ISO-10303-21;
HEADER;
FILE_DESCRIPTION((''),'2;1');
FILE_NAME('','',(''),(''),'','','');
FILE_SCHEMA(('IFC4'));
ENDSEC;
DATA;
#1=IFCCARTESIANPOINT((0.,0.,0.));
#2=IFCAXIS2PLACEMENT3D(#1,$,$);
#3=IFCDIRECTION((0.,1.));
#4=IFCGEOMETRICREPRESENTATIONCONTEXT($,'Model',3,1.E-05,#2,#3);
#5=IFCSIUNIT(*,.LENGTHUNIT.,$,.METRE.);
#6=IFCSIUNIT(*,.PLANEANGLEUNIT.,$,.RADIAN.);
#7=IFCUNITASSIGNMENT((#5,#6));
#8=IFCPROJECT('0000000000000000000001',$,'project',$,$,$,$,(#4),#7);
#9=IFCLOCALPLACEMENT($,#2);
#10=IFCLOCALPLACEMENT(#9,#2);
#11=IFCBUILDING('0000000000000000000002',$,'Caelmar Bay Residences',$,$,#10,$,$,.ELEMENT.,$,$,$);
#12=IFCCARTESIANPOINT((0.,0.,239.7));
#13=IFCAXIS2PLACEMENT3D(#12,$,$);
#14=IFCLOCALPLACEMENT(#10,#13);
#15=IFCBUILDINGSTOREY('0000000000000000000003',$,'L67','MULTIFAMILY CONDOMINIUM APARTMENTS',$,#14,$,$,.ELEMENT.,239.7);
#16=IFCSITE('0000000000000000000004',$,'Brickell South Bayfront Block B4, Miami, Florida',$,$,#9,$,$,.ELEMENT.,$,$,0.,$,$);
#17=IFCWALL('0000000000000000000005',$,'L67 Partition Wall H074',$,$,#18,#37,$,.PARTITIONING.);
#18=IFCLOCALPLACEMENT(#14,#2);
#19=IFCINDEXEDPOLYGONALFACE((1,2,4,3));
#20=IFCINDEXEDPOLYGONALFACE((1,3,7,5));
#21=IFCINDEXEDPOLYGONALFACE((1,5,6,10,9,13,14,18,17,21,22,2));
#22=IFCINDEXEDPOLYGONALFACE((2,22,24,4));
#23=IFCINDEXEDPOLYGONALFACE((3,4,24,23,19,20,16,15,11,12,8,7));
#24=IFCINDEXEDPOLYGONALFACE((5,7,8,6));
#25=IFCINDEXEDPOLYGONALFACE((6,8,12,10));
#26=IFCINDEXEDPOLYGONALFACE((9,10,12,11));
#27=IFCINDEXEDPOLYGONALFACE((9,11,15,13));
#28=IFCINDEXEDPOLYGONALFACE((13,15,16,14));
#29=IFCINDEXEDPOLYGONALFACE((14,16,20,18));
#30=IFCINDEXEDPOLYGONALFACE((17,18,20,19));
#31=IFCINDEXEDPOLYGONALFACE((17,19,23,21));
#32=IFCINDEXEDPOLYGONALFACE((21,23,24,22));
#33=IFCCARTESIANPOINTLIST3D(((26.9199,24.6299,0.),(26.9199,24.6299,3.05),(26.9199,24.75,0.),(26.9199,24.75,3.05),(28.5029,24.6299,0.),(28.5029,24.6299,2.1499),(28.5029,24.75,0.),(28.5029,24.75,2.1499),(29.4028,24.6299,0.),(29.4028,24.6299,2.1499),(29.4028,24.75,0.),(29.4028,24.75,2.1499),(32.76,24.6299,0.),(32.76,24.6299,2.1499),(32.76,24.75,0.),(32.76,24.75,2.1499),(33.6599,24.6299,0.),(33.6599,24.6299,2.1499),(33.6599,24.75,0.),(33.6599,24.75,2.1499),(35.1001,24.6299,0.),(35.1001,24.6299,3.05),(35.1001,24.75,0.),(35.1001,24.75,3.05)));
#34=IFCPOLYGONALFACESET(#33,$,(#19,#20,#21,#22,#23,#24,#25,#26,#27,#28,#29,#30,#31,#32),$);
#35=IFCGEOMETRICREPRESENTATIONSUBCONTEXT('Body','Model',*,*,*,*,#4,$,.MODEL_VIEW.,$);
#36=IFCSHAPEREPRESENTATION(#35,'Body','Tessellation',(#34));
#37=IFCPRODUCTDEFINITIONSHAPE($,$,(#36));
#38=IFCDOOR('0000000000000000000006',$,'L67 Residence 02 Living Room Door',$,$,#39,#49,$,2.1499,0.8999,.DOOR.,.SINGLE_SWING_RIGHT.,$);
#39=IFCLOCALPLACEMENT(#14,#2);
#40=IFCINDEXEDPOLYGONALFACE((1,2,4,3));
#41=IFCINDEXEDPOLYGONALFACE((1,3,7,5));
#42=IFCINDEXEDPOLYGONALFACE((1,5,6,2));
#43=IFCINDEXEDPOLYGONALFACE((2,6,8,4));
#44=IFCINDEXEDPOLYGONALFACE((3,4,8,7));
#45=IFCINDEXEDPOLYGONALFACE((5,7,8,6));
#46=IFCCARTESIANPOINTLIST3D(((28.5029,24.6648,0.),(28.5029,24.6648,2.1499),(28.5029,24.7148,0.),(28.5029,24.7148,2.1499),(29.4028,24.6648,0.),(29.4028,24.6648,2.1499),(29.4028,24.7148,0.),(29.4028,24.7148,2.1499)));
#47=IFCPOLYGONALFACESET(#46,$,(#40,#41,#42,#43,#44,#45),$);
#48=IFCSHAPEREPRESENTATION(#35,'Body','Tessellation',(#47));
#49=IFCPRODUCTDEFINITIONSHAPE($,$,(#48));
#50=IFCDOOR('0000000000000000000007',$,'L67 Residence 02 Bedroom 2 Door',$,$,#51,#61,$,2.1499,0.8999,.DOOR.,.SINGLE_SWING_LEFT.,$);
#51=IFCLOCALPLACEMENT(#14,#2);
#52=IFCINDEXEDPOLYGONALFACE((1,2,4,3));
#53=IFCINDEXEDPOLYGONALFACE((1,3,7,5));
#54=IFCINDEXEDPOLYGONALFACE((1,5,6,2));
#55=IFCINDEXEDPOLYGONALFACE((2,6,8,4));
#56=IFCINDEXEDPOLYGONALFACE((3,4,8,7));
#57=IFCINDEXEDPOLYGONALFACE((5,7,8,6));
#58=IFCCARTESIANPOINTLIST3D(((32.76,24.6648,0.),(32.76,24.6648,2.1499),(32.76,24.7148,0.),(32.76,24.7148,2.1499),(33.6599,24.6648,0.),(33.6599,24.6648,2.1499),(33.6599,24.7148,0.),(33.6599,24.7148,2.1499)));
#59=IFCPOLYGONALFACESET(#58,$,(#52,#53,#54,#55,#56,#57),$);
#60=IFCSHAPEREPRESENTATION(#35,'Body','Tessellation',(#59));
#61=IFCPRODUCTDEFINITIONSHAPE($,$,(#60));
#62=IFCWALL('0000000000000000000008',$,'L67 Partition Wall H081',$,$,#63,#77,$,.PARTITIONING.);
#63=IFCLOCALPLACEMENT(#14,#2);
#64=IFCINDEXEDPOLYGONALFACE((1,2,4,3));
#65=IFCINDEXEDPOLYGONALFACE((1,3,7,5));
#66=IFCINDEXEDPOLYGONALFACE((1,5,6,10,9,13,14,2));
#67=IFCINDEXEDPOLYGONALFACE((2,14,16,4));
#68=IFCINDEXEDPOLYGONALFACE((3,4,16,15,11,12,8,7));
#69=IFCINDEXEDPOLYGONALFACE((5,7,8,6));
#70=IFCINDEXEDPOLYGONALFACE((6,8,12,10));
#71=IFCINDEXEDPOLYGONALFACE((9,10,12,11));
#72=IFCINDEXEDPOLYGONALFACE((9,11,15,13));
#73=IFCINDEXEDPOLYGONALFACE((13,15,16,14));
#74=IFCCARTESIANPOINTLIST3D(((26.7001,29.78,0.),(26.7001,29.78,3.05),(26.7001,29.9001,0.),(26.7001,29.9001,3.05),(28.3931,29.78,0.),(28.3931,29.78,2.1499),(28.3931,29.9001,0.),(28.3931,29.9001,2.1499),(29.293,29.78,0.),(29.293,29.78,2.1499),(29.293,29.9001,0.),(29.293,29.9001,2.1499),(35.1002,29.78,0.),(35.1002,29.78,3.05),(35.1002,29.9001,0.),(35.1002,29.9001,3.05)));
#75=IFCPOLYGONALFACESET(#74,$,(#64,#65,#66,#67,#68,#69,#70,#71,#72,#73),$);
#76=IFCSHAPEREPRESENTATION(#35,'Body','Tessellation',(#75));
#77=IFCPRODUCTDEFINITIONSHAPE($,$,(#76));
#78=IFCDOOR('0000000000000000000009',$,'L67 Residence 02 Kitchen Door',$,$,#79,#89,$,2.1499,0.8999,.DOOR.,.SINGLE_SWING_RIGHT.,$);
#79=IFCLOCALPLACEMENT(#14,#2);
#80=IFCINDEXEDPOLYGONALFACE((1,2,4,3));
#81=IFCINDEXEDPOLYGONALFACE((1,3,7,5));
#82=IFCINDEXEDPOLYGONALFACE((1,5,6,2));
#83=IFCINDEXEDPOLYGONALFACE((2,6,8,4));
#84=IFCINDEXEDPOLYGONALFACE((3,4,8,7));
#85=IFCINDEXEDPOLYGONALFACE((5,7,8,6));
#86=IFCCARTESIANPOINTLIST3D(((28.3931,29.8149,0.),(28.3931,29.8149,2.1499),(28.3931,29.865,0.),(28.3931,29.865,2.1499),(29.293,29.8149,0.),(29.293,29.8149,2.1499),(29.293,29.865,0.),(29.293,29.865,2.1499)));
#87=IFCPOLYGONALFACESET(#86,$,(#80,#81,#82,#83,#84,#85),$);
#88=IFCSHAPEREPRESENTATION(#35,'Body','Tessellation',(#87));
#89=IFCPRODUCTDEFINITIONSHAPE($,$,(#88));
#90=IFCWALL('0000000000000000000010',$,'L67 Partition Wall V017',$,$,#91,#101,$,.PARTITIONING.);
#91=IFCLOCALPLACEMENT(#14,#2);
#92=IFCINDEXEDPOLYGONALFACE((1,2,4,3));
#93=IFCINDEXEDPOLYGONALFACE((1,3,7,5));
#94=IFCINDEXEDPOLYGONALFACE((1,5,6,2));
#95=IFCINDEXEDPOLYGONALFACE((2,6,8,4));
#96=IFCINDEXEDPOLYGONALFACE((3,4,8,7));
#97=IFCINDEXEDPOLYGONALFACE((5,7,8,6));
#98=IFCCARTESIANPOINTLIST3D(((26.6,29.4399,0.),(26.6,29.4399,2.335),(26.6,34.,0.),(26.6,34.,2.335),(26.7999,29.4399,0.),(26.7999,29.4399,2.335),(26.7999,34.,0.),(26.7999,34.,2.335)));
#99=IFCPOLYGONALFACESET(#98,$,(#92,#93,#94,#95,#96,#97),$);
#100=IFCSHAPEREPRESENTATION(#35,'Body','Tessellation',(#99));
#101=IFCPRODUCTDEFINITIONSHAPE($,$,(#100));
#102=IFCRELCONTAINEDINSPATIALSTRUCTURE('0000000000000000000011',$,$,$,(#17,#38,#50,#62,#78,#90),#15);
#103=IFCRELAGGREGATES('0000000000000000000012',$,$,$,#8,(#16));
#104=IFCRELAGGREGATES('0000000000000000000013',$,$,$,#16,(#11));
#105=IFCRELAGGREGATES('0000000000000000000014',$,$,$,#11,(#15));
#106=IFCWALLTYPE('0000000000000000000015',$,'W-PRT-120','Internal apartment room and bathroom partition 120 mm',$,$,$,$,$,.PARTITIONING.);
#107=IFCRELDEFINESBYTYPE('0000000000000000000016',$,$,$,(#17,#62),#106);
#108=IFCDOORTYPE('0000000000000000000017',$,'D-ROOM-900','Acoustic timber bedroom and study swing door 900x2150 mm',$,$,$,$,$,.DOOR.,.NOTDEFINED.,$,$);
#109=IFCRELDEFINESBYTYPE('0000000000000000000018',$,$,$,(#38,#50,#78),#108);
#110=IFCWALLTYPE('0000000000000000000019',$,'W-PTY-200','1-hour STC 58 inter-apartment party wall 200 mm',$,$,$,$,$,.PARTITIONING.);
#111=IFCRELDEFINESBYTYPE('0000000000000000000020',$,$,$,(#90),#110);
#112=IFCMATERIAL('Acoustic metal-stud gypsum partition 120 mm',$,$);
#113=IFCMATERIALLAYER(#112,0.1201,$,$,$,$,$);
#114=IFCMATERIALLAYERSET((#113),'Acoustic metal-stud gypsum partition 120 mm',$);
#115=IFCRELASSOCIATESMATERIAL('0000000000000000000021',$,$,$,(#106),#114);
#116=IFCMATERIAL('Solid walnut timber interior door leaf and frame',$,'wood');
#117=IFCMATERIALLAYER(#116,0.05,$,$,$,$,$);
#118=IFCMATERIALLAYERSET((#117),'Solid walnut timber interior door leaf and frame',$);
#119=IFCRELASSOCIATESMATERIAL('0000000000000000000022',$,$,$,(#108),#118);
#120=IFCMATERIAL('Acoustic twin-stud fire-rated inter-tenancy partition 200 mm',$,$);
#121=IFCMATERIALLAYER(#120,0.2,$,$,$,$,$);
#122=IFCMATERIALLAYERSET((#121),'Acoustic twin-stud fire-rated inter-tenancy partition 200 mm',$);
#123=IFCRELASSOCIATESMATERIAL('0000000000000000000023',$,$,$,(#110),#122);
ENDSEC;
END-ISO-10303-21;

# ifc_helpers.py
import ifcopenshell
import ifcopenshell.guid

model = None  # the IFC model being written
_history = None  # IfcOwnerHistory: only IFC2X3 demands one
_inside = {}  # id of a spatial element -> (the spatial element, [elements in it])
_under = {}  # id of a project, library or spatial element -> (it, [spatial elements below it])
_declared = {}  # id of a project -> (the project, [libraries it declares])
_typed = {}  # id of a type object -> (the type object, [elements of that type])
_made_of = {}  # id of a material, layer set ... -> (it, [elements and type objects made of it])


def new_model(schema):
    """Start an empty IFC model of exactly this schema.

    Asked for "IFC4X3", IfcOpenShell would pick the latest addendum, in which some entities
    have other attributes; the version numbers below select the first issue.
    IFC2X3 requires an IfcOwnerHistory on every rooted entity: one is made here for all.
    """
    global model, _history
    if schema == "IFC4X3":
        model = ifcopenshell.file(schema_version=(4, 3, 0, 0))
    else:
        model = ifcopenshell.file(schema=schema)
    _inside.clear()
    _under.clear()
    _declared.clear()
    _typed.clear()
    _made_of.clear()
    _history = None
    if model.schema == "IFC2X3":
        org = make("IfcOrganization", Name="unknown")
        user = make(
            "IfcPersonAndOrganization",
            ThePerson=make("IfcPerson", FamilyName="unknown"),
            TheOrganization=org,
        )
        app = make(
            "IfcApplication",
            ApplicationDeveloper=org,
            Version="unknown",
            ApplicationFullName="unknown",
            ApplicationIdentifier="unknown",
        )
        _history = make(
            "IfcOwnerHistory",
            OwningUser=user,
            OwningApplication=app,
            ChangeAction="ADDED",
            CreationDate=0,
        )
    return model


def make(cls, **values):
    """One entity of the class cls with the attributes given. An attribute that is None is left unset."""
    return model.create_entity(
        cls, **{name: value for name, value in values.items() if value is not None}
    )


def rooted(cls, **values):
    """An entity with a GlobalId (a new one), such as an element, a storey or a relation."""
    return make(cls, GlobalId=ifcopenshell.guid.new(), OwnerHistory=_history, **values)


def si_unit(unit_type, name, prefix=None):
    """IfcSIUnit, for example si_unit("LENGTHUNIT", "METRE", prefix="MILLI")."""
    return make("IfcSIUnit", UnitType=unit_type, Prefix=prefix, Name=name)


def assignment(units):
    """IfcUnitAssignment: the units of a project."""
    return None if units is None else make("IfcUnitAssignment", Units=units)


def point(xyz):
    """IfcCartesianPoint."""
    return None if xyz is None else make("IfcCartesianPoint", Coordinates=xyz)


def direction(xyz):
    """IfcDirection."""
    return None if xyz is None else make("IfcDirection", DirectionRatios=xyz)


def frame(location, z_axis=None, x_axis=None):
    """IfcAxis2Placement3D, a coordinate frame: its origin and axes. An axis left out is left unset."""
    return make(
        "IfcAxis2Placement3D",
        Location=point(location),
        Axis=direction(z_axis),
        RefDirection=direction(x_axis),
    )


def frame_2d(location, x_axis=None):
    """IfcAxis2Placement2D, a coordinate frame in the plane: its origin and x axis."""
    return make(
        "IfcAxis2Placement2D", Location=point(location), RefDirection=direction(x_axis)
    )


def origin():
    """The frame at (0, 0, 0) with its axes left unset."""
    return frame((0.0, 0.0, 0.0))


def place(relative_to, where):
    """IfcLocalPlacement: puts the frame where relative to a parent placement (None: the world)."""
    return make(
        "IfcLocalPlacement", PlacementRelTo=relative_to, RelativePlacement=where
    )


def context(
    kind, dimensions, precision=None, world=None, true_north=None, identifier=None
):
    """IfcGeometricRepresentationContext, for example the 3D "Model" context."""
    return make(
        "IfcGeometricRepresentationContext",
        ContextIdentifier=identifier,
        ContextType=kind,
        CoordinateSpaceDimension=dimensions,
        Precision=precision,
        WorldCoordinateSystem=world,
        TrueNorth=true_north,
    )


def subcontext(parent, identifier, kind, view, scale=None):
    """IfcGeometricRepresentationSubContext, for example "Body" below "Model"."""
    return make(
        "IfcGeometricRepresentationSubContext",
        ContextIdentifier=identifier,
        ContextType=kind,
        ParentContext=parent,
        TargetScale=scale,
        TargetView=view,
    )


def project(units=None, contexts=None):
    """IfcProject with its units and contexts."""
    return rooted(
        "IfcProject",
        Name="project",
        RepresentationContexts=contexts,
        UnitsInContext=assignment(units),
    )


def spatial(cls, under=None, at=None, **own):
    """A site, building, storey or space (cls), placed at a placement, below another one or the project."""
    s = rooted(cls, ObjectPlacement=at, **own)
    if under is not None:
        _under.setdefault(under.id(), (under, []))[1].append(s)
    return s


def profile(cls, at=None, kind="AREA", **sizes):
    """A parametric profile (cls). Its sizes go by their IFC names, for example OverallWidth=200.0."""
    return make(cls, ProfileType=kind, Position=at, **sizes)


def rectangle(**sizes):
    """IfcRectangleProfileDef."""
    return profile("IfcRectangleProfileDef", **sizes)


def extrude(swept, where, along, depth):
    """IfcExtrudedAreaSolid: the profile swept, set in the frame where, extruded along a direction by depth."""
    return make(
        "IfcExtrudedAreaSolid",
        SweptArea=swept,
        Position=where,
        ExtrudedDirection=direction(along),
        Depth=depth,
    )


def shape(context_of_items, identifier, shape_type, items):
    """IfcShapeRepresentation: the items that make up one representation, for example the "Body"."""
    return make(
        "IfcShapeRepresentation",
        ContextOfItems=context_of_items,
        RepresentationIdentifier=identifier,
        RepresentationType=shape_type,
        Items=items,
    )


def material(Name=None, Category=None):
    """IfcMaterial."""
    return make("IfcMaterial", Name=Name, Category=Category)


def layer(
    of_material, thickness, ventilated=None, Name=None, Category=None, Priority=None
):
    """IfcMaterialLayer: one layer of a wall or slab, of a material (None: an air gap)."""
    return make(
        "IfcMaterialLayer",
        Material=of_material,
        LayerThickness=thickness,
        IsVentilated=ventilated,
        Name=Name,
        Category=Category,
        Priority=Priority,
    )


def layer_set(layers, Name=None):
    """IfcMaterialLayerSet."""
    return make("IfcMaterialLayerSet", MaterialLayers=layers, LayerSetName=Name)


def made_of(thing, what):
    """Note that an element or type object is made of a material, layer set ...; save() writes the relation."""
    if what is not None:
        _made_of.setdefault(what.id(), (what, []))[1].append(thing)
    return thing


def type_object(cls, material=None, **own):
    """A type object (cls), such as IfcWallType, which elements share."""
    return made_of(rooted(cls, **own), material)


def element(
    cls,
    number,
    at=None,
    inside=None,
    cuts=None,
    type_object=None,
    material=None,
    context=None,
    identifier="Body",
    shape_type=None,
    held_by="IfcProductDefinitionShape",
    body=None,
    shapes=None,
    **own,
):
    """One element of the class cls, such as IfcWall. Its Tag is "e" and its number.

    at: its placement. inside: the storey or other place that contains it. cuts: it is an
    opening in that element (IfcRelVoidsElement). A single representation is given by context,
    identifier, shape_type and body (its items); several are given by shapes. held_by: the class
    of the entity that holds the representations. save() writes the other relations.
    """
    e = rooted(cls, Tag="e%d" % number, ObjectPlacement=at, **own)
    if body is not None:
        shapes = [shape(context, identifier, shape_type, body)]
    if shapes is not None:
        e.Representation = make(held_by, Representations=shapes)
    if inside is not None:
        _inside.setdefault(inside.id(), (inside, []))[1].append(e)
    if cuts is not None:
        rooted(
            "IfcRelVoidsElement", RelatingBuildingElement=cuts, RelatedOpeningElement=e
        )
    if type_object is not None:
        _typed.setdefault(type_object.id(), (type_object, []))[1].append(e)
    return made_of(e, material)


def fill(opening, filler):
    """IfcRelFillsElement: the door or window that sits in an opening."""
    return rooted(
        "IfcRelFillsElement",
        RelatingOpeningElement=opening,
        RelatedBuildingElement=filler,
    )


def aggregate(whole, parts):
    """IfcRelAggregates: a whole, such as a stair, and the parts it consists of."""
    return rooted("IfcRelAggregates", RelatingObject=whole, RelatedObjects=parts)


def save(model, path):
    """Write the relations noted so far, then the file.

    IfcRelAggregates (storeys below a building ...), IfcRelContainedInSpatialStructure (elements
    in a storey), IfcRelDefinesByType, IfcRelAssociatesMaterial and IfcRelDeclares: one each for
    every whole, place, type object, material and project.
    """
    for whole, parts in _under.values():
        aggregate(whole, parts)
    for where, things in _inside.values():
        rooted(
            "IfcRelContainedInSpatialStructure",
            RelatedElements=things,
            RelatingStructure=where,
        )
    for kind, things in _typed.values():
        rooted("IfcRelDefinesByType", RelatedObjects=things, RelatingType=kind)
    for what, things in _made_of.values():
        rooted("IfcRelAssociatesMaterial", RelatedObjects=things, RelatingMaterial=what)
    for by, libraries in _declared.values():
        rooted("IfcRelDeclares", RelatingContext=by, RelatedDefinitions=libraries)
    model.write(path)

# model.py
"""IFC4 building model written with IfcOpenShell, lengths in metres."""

from ifc_helpers import new_model, si_unit, direction, frame, frame_2d, origin, place, context, subcontext, project, spatial, rectangle, extrude, material, layer, layer_set, type_object, element, fill, save


model = new_model("IFC4")

# Units and contexts
model_context = context("Model", 3, precision=1e-05, world=origin(), true_north=direction((0.0, 1.0)))
body_context = subcontext(model_context, "Body", "Model", "MODEL_VIEW")
ifc_project = project(units=[si_unit("LENGTHUNIT", "METRE"), si_unit("PLANEANGLEUNIT", "RADIAN")], contexts=[model_context])

# Site, building, storey
site_placement = place(None, origin())
site = spatial("IfcSite", under=ifc_project, at=site_placement, Name="Brickell South Bayfront Block B4, Miami, Florida", CompositionType="ELEMENT", RefElevation=0.0)
building_placement = place(site_placement, origin())
building = spatial("IfcBuilding", under=site, at=building_placement, Name="Caelmar Bay Residences", CompositionType="ELEMENT")
storey_placement = place(building_placement, frame((0.0, 0.0, 239.7)))
storey = spatial("IfcBuildingStorey", under=building, at=storey_placement, Name="L67", Description="MULTIFAMILY CONDOMINIUM APARTMENTS", CompositionType="ELEMENT", Elevation=239.7)

# Shared definitions
ifc_material_1 = material(Name="Acoustic metal-stud gypsum partition 120 mm")
ifc_layer_1 = layer(ifc_material_1, 0.1201)
ifc_layer_set_1 = layer_set([ifc_layer_1], Name="Acoustic metal-stud gypsum partition 120 mm")
wall_type_1 = type_object("IfcWallType", Name="W-PRT-120", Description="Internal apartment room and bathroom partition 120 mm", PredefinedType="PARTITIONING", material=ifc_layer_set_1)

# Shared definitions
ifc_material_2 = material(Name="Solid walnut timber interior door leaf and frame", Category="wood")
ifc_layer_2 = layer(ifc_material_2, 0.05)
ifc_layer_set_2 = layer_set([ifc_layer_2], Name="Solid walnut timber interior door leaf and frame")
door_type_1 = type_object("IfcDoorType", Name="D-ROOM-900", Description="Acoustic timber bedroom and study swing door 900x2150 mm", OperationType="NOTDEFINED", PredefinedType="DOOR", material=ifc_layer_set_2)

# Wall, openings, doors
wall_1_placement = place(storey_placement, frame((26.9199, 24.6899, 0.0), z_axis=(0.0, 0.0, 1.0), x_axis=(1.0, 0.0, 0.0)))
wall_1 = element("IfcWall", 1, at=wall_1_placement, inside=storey, type_object=wall_type_1, Name="L67 Partition Wall H074", PredefinedType="PARTITIONING", context=body_context, shape_type="SweptSolid", body=[
    extrude(rectangle(XDim=8.1802, YDim=0.1201, at=frame_2d((4.0901, 0.0))), origin(), (0.0, 0.0, 1.0), 3.05),
])
opening_1_placement = place(wall_1_placement, frame((1.583, 0.0, 0.0)))
opening_1 = element("IfcOpeningElement", 2, at=opening_1_placement, cuts=wall_1, PredefinedType="OPENING", context=body_context, shape_type="SweptSolid", body=[
    extrude(rectangle(XDim=0.8999, YDim=2.1499, at=frame_2d((0.45, 1.075))), frame((0.0, 0.0701, 0.0), z_axis=(0.0, -1.0, 0.0), x_axis=(1.0, 0.0, 0.0)), (0.0, 0.0, 1.0), 0.1401),
])
opening_2_placement = place(wall_1_placement, frame((5.8401, 0.0, 0.0)))
opening_2 = element("IfcOpeningElement", 3, at=opening_2_placement, cuts=wall_1, PredefinedType="OPENING", context=body_context, shape_type="SweptSolid", body=[
    extrude(rectangle(XDim=0.8999, YDim=2.1499, at=frame_2d((0.45, 1.075))), frame((0.0, 0.0701, 0.0), z_axis=(0.0, -1.0, 0.0), x_axis=(1.0, 0.0, 0.0)), (0.0, 0.0, 1.0), 0.1401),
])
door_1_placement = place(opening_1_placement, origin())
door_1 = element("IfcDoor", 4, at=door_1_placement, inside=storey, type_object=door_type_1, Name="L67 Residence 02 Living Room Door", OperationType="SINGLE_SWING_RIGHT", OverallHeight=2.1499, OverallWidth=0.8999, PredefinedType="DOOR", context=body_context, shape_type="SweptSolid", body=[
    extrude(rectangle(XDim=0.8999, YDim=2.1499, at=frame_2d((0.45, 1.075))), frame((0.0, 0.0249, 0.0), z_axis=(0.0, -1.0, 0.0), x_axis=(1.0, 0.0, 0.0)), (0.0, 0.0, 1.0), 0.05),
])
fill(opening_1, door_1)
door_2_placement = place(opening_2_placement, origin())
door_2 = element("IfcDoor", 5, at=door_2_placement, inside=storey, type_object=door_type_1, Name="L67 Residence 02 Bedroom 2 Door", OperationType="SINGLE_SWING_LEFT", OverallHeight=2.1499, OverallWidth=0.8999, PredefinedType="DOOR", context=body_context, shape_type="SweptSolid", body=[
    extrude(rectangle(XDim=0.8999, YDim=2.1499, at=frame_2d((0.45, 1.075))), frame((0.0, 0.0249, 0.0), z_axis=(0.0, -1.0, 0.0), x_axis=(1.0, 0.0, 0.0)), (0.0, 0.0, 1.0), 0.05),
])
fill(opening_2, door_2)

# Wall, opening, door
wall_2_placement = place(storey_placement, frame((26.7, 29.8401, 0.0), z_axis=(0.0, 0.0, 1.0), x_axis=(1.0, 0.0, 0.0)))
wall_2 = element("IfcWall", 6, at=wall_2_placement, inside=storey, type_object=wall_type_1, Name="L67 Partition Wall H081", PredefinedType="PARTITIONING", context=body_context, shape_type="SweptSolid", body=[
    extrude(rectangle(XDim=8.4001, YDim=0.1201, at=frame_2d((4.2002, 0.0))), origin(), (0.0, 0.0, 1.0), 3.05),
])
opening_3_placement = place(wall_2_placement, frame((1.6931, 0.0, 0.0)))
opening_3 = element("IfcOpeningElement", 7, at=opening_3_placement, cuts=wall_2, PredefinedType="OPENING", context=body_context, shape_type="SweptSolid", body=[
    extrude(rectangle(XDim=0.8999, YDim=2.1499, at=frame_2d((0.45, 1.075))), frame((0.0, 0.0701, 0.0), z_axis=(0.0, -1.0, 0.0), x_axis=(1.0, 0.0, 0.0)), (0.0, 0.0, 1.0), 0.1401),
])
door_3_placement = place(opening_3_placement, origin())
door_3 = element("IfcDoor", 8, at=door_3_placement, inside=storey, type_object=door_type_1, Name="L67 Residence 02 Kitchen Door", OperationType="SINGLE_SWING_RIGHT", OverallHeight=2.1499, OverallWidth=0.8999, PredefinedType="DOOR", context=body_context, shape_type="SweptSolid", body=[
    extrude(rectangle(XDim=0.8999, YDim=2.1499, at=frame_2d((0.45, 1.075))), frame((0.0, 0.0249, 0.0), z_axis=(0.0, -1.0, 0.0), x_axis=(1.0, 0.0, 0.0)), (0.0, 0.0, 1.0), 0.05),
])
fill(opening_3, door_3)

# Wall
ifc_material_3 = material(Name="Acoustic twin-stud fire-rated inter-tenancy partition 200 mm")
ifc_layer_3 = layer(ifc_material_3, 0.2)
ifc_layer_set_3 = layer_set([ifc_layer_3], Name="Acoustic twin-stud fire-rated inter-tenancy partition 200 mm")
wall_type_2 = type_object("IfcWallType", Name="W-PTY-200", Description="1-hour STC 58 inter-apartment party wall 200 mm", PredefinedType="PARTITIONING", material=ifc_layer_set_3)
wall_3_placement = place(storey_placement, frame((26.7, 29.4399, 0.0), z_axis=(0.0, 0.0, 1.0), x_axis=(0.0, 1.0, 0.0)))
element("IfcWall", 9, at=wall_3_placement, inside=storey, type_object=wall_type_2, Name="L67 Partition Wall V017", PredefinedType="PARTITIONING", context=body_context, shape_type="SweptSolid", body=[
    extrude(rectangle(XDim=4.5601, YDim=0.2, at=frame_2d((2.28, 0.0))), origin(), (0.0, 0.0, 1.0), 2.335),
])

save(model, "model.ifc")
